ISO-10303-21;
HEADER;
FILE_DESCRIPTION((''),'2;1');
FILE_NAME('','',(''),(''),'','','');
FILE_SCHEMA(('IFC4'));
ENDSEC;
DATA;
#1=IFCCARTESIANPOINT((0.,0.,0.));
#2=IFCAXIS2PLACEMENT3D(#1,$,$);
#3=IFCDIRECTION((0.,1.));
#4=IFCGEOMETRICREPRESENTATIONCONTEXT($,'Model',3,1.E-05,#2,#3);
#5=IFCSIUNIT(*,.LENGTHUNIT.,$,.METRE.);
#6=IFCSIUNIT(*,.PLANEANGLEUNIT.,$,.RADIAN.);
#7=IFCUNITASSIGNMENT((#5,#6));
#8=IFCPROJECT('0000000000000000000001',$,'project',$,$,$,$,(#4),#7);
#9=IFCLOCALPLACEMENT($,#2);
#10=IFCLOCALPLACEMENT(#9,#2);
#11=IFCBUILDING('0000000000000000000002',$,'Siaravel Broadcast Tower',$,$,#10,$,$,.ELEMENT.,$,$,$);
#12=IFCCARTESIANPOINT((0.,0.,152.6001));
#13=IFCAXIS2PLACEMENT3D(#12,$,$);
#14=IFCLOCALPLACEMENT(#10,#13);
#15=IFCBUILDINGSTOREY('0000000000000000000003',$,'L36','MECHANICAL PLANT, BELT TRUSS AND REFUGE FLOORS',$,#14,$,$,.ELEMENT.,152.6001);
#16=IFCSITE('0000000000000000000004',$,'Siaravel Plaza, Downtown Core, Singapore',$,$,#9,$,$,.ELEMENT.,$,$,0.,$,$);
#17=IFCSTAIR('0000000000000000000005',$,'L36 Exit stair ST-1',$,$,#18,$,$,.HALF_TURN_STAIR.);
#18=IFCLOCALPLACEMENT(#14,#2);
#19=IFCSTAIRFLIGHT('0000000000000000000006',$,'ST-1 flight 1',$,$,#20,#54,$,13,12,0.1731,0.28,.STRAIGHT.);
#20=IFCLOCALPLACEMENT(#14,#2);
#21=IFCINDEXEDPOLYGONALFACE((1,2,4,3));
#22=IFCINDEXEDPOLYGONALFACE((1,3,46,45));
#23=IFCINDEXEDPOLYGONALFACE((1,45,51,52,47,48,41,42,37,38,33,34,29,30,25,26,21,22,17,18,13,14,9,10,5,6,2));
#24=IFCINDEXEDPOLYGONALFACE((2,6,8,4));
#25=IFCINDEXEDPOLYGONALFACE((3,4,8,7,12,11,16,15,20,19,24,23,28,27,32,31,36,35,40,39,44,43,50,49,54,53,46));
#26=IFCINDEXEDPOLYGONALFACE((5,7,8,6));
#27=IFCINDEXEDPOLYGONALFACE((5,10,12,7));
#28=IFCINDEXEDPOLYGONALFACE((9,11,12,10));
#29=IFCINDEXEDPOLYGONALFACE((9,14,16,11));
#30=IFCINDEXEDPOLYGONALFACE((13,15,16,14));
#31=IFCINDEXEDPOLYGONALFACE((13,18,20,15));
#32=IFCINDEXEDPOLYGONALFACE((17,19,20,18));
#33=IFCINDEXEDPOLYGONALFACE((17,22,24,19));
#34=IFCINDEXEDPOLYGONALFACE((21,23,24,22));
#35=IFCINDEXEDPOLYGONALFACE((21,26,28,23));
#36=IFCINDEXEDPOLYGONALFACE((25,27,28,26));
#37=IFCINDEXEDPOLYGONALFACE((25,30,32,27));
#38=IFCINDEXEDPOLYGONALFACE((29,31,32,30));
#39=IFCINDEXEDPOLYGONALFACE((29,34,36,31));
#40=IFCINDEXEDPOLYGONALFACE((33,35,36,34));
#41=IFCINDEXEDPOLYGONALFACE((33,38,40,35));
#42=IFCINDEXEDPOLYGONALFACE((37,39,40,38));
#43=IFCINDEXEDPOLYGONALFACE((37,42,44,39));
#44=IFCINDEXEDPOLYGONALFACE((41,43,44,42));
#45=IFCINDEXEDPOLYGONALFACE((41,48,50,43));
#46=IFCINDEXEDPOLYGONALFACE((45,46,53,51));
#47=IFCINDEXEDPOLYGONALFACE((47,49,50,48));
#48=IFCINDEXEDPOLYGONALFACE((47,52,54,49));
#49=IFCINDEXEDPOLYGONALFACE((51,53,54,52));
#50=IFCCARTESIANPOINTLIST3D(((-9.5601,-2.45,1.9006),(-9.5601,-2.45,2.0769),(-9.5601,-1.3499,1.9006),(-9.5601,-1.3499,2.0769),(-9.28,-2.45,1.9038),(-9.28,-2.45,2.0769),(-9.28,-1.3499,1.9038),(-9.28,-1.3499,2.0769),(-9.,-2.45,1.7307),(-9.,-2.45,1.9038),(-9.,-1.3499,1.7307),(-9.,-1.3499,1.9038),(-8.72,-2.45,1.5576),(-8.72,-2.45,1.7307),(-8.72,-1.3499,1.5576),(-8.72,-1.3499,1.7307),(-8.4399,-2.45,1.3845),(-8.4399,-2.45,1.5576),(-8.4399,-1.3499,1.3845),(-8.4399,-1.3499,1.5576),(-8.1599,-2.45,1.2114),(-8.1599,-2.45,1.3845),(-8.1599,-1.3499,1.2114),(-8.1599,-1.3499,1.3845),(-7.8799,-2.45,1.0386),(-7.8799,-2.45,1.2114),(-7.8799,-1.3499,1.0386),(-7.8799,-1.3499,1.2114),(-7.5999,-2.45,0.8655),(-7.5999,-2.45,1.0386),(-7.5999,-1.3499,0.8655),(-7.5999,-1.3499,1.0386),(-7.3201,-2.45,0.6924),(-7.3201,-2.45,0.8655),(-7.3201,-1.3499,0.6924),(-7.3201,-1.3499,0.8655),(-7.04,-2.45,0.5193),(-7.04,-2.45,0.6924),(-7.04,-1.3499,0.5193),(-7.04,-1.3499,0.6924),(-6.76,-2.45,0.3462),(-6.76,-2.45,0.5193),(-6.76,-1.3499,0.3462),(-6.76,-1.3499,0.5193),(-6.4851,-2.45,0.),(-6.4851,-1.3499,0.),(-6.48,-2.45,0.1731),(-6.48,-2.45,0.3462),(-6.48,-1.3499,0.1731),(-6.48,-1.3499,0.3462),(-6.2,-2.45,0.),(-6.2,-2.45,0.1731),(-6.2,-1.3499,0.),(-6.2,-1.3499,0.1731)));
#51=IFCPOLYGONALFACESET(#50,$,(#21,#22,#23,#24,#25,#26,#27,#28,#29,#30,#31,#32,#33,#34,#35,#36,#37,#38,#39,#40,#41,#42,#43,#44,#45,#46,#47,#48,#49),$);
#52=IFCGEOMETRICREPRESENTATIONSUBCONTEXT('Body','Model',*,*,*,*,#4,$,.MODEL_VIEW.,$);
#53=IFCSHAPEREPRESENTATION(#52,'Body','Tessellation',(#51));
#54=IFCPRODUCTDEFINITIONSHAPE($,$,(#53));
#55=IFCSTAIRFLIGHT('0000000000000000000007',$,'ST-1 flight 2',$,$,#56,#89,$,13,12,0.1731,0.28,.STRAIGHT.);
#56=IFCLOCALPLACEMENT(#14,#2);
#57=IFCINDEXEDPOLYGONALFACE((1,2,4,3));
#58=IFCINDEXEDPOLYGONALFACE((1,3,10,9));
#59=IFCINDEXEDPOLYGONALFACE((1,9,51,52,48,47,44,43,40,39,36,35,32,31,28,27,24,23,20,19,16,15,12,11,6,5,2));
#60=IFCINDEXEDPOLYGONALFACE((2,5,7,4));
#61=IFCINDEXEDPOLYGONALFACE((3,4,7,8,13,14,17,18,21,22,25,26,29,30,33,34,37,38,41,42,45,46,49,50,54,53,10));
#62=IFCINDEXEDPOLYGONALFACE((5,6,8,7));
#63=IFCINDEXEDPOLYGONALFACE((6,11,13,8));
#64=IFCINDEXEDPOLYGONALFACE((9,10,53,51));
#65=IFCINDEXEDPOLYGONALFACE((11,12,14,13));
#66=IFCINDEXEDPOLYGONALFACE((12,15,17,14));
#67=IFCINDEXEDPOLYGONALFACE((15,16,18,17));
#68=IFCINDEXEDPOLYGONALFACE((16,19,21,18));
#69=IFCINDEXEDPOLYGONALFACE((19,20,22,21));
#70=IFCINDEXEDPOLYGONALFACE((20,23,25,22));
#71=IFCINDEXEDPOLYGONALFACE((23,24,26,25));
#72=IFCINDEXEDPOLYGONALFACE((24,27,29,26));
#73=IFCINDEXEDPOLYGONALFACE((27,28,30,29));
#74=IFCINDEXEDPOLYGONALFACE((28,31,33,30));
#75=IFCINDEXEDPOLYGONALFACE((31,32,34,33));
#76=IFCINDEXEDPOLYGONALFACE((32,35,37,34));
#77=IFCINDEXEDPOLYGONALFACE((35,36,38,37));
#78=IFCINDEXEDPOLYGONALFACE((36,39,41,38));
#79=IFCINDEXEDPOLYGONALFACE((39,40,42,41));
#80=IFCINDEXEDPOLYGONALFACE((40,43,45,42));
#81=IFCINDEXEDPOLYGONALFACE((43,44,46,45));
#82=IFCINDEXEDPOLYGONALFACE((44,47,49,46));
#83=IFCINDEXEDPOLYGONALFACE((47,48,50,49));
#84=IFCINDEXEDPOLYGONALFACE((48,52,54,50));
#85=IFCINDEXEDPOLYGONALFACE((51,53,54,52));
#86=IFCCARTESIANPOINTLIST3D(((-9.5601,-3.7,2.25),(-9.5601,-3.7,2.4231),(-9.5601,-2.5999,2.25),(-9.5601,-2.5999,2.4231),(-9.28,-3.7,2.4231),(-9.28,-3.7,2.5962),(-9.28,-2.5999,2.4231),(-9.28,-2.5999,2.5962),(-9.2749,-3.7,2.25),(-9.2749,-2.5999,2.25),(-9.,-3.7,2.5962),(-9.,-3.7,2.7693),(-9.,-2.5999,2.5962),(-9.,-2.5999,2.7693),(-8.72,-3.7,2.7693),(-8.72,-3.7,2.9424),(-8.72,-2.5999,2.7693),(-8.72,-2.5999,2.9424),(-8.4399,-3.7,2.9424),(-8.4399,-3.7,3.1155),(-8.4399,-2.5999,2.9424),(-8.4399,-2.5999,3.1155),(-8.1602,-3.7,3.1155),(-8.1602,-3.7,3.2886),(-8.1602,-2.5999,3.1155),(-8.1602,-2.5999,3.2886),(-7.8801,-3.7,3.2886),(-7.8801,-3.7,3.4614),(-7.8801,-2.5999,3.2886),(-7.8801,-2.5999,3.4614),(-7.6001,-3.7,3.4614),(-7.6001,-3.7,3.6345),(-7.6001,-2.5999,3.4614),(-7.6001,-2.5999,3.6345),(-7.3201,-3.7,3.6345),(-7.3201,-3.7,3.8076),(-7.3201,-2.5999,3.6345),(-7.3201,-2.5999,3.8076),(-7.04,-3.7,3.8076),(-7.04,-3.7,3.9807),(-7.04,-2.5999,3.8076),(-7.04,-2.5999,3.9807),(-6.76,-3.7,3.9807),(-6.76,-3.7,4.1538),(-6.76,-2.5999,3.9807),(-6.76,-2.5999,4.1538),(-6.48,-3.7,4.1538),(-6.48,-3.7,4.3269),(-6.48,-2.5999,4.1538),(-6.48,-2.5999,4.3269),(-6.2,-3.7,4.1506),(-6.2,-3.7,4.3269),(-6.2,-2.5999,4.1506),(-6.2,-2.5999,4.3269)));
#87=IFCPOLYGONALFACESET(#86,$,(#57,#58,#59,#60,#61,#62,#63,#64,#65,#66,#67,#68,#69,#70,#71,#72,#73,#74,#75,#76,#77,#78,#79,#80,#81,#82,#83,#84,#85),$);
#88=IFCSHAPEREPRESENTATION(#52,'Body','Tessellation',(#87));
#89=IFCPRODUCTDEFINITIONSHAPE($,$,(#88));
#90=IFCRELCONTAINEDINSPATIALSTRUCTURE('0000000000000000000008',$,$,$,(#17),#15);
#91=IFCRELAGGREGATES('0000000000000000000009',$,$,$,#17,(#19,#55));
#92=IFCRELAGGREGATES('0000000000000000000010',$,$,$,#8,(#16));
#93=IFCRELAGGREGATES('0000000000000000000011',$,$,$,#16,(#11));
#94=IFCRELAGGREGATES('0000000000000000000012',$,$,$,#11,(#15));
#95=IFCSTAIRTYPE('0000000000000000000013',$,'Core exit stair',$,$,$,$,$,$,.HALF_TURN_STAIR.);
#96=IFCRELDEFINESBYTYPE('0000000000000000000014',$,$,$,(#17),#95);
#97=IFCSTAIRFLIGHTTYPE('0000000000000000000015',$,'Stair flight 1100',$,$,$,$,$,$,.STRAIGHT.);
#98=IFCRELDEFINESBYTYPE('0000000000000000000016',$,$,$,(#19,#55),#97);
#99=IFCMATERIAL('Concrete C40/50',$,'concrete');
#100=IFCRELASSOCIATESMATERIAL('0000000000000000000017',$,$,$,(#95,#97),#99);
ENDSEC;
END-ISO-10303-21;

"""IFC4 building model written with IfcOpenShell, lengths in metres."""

from ifc_helpers import new_model, si_unit, direction, frame, origin, place, context, subcontext, project, spatial, polyline, outline, extrude, material, type_object, element, aggregate, save


model = new_model("IFC4")

# Units and contexts
model_context = context("Model", 3, precision=1e-05, world=origin(), true_north=direction((0.0, 1.0)))
body_context = subcontext(model_context, "Body", "Model", "MODEL_VIEW")
ifc_project = project(units=[si_unit("LENGTHUNIT", "METRE"), si_unit("PLANEANGLEUNIT", "RADIAN")], contexts=[model_context])

# Site, building, storey
site_placement = place(None, origin())
site = spatial("IfcSite", under=ifc_project, at=site_placement, Name="Siaravel Plaza, Downtown Core, Singapore", CompositionType="ELEMENT", RefElevation=0.0)
building_placement = place(site_placement, origin())
building = spatial("IfcBuilding", under=site, at=building_placement, Name="Siaravel Broadcast Tower", CompositionType="ELEMENT")
storey_placement = place(building_placement, frame((0.0, 0.0, 152.6001)))
storey = spatial("IfcBuildingStorey", under=building, at=storey_placement, Name="L36", Description="MECHANICAL PLANT, BELT TRUSS AND REFUGE FLOORS", CompositionType="ELEMENT", Elevation=152.6001)

# Stair, stair flights
ifc_material_1 = material(Name="Concrete C40/50", Category="concrete")
stair_type = type_object("IfcStairType", Name="Core exit stair", PredefinedType="HALF_TURN_STAIR", material=ifc_material_1)
stair_placement = place(storey_placement, origin())
stair = element("IfcStair", 1, at=stair_placement, inside=storey, type_object=stair_type, Name="L36 Exit stair ST-1", PredefinedType="HALF_TURN_STAIR")
stair_flight_type = type_object("IfcStairFlightType", Name="Stair flight 1100", PredefinedType="STRAIGHT", material=ifc_material_1)
stair_flight_1_placement = place(storey_placement, frame((-6.2, -1.8999, 0.0), z_axis=(0.0, 0.0, 1.0), x_axis=(-1.0, 0.0, 0.0)))
stair_flight_1 = element("IfcStairFlight", 2, at=stair_flight_1_placement, type_object=stair_flight_type, Name="ST-1 flight 1", NumberOfRisers=13, NumberOfTreads=12, PredefinedType="STRAIGHT", RiserHeight=0.1731, TreadLength=0.28, context=body_context, shape_type="SweptSolid", body=[
    extrude(outline(polyline([(0.0, 0.0), (0.0, 0.1731), (0.28, 0.1731), (0.28, 0.3462), (0.5601, 0.3462), (0.5601, 0.5193), (0.8401, 0.5193), (0.8401, 0.6924), (1.1201, 0.6924), (1.1201, 0.8655), (1.3999, 0.8655), (1.3999, 1.0386), (1.6799, 1.0386), (1.6799, 1.2114), (1.96, 1.2114), (1.96, 1.3845), (2.24, 1.3845), (2.24, 1.5576), (2.52, 1.5576), (2.52, 1.7307), (2.8, 1.7307), (2.8, 1.9038), (3.0801, 1.9038), (3.0801, 2.0769), (3.3601, 2.0769), (3.3601, 2.25), (3.3601, 1.9006), (0.2852, 0.0), (0.0, 0.0)])), frame((0.0, 0.55, 0.0), z_axis=(0.0, -1.0, 0.0), x_axis=(1.0, 0.0, 0.0)), (0.0, 0.0, 1.0), 1.1001),
])
stair_flight_2_placement = place(storey_placement, frame((-9.5601, -3.1499, 2.25), z_axis=(0.0, 0.0, 1.0), x_axis=(1.0, 0.0, 0.0)))
stair_flight_2 = element("IfcStairFlight", 3, at=stair_flight_2_placement, type_object=stair_flight_type, Name="ST-1 flight 2", NumberOfRisers=13, NumberOfTreads=12, PredefinedType="STRAIGHT", RiserHeight=0.1731, TreadLength=0.28, context=body_context, shape_type="SweptSolid", body=[
    extrude(outline(polyline([(0.0, 0.0), (0.0, 0.1731), (0.28, 0.1731), (0.28, 0.3462), (0.5601, 0.3462), (0.5601, 0.5193), (0.8401, 0.5193), (0.8401, 0.6924), (1.1201, 0.6924), (1.1201, 0.8655), (1.3999, 0.8655), (1.3999, 1.0386), (1.6799, 1.0386), (1.6799, 1.2114), (1.96, 1.2114), (1.96, 1.3845), (2.24, 1.3845), (2.24, 1.5576), (2.52, 1.5576), (2.52, 1.7307), (2.8, 1.7307), (2.8, 1.9038), (3.0801, 1.9038), (3.0801, 2.0769), (3.3601, 2.0769), (3.3601, 2.25), (3.3601, 1.9006), (0.2852, 0.0), (0.0, 0.0)])), frame((0.0, 0.55, 0.0), z_axis=(0.0, -1.0, 0.0), x_axis=(1.0, 0.0, 0.0)), (0.0, 0.0, 1.0), 1.1001),
])
aggregate(stair, [stair_flight_1, stair_flight_2])

save(model, "model.ifc")
